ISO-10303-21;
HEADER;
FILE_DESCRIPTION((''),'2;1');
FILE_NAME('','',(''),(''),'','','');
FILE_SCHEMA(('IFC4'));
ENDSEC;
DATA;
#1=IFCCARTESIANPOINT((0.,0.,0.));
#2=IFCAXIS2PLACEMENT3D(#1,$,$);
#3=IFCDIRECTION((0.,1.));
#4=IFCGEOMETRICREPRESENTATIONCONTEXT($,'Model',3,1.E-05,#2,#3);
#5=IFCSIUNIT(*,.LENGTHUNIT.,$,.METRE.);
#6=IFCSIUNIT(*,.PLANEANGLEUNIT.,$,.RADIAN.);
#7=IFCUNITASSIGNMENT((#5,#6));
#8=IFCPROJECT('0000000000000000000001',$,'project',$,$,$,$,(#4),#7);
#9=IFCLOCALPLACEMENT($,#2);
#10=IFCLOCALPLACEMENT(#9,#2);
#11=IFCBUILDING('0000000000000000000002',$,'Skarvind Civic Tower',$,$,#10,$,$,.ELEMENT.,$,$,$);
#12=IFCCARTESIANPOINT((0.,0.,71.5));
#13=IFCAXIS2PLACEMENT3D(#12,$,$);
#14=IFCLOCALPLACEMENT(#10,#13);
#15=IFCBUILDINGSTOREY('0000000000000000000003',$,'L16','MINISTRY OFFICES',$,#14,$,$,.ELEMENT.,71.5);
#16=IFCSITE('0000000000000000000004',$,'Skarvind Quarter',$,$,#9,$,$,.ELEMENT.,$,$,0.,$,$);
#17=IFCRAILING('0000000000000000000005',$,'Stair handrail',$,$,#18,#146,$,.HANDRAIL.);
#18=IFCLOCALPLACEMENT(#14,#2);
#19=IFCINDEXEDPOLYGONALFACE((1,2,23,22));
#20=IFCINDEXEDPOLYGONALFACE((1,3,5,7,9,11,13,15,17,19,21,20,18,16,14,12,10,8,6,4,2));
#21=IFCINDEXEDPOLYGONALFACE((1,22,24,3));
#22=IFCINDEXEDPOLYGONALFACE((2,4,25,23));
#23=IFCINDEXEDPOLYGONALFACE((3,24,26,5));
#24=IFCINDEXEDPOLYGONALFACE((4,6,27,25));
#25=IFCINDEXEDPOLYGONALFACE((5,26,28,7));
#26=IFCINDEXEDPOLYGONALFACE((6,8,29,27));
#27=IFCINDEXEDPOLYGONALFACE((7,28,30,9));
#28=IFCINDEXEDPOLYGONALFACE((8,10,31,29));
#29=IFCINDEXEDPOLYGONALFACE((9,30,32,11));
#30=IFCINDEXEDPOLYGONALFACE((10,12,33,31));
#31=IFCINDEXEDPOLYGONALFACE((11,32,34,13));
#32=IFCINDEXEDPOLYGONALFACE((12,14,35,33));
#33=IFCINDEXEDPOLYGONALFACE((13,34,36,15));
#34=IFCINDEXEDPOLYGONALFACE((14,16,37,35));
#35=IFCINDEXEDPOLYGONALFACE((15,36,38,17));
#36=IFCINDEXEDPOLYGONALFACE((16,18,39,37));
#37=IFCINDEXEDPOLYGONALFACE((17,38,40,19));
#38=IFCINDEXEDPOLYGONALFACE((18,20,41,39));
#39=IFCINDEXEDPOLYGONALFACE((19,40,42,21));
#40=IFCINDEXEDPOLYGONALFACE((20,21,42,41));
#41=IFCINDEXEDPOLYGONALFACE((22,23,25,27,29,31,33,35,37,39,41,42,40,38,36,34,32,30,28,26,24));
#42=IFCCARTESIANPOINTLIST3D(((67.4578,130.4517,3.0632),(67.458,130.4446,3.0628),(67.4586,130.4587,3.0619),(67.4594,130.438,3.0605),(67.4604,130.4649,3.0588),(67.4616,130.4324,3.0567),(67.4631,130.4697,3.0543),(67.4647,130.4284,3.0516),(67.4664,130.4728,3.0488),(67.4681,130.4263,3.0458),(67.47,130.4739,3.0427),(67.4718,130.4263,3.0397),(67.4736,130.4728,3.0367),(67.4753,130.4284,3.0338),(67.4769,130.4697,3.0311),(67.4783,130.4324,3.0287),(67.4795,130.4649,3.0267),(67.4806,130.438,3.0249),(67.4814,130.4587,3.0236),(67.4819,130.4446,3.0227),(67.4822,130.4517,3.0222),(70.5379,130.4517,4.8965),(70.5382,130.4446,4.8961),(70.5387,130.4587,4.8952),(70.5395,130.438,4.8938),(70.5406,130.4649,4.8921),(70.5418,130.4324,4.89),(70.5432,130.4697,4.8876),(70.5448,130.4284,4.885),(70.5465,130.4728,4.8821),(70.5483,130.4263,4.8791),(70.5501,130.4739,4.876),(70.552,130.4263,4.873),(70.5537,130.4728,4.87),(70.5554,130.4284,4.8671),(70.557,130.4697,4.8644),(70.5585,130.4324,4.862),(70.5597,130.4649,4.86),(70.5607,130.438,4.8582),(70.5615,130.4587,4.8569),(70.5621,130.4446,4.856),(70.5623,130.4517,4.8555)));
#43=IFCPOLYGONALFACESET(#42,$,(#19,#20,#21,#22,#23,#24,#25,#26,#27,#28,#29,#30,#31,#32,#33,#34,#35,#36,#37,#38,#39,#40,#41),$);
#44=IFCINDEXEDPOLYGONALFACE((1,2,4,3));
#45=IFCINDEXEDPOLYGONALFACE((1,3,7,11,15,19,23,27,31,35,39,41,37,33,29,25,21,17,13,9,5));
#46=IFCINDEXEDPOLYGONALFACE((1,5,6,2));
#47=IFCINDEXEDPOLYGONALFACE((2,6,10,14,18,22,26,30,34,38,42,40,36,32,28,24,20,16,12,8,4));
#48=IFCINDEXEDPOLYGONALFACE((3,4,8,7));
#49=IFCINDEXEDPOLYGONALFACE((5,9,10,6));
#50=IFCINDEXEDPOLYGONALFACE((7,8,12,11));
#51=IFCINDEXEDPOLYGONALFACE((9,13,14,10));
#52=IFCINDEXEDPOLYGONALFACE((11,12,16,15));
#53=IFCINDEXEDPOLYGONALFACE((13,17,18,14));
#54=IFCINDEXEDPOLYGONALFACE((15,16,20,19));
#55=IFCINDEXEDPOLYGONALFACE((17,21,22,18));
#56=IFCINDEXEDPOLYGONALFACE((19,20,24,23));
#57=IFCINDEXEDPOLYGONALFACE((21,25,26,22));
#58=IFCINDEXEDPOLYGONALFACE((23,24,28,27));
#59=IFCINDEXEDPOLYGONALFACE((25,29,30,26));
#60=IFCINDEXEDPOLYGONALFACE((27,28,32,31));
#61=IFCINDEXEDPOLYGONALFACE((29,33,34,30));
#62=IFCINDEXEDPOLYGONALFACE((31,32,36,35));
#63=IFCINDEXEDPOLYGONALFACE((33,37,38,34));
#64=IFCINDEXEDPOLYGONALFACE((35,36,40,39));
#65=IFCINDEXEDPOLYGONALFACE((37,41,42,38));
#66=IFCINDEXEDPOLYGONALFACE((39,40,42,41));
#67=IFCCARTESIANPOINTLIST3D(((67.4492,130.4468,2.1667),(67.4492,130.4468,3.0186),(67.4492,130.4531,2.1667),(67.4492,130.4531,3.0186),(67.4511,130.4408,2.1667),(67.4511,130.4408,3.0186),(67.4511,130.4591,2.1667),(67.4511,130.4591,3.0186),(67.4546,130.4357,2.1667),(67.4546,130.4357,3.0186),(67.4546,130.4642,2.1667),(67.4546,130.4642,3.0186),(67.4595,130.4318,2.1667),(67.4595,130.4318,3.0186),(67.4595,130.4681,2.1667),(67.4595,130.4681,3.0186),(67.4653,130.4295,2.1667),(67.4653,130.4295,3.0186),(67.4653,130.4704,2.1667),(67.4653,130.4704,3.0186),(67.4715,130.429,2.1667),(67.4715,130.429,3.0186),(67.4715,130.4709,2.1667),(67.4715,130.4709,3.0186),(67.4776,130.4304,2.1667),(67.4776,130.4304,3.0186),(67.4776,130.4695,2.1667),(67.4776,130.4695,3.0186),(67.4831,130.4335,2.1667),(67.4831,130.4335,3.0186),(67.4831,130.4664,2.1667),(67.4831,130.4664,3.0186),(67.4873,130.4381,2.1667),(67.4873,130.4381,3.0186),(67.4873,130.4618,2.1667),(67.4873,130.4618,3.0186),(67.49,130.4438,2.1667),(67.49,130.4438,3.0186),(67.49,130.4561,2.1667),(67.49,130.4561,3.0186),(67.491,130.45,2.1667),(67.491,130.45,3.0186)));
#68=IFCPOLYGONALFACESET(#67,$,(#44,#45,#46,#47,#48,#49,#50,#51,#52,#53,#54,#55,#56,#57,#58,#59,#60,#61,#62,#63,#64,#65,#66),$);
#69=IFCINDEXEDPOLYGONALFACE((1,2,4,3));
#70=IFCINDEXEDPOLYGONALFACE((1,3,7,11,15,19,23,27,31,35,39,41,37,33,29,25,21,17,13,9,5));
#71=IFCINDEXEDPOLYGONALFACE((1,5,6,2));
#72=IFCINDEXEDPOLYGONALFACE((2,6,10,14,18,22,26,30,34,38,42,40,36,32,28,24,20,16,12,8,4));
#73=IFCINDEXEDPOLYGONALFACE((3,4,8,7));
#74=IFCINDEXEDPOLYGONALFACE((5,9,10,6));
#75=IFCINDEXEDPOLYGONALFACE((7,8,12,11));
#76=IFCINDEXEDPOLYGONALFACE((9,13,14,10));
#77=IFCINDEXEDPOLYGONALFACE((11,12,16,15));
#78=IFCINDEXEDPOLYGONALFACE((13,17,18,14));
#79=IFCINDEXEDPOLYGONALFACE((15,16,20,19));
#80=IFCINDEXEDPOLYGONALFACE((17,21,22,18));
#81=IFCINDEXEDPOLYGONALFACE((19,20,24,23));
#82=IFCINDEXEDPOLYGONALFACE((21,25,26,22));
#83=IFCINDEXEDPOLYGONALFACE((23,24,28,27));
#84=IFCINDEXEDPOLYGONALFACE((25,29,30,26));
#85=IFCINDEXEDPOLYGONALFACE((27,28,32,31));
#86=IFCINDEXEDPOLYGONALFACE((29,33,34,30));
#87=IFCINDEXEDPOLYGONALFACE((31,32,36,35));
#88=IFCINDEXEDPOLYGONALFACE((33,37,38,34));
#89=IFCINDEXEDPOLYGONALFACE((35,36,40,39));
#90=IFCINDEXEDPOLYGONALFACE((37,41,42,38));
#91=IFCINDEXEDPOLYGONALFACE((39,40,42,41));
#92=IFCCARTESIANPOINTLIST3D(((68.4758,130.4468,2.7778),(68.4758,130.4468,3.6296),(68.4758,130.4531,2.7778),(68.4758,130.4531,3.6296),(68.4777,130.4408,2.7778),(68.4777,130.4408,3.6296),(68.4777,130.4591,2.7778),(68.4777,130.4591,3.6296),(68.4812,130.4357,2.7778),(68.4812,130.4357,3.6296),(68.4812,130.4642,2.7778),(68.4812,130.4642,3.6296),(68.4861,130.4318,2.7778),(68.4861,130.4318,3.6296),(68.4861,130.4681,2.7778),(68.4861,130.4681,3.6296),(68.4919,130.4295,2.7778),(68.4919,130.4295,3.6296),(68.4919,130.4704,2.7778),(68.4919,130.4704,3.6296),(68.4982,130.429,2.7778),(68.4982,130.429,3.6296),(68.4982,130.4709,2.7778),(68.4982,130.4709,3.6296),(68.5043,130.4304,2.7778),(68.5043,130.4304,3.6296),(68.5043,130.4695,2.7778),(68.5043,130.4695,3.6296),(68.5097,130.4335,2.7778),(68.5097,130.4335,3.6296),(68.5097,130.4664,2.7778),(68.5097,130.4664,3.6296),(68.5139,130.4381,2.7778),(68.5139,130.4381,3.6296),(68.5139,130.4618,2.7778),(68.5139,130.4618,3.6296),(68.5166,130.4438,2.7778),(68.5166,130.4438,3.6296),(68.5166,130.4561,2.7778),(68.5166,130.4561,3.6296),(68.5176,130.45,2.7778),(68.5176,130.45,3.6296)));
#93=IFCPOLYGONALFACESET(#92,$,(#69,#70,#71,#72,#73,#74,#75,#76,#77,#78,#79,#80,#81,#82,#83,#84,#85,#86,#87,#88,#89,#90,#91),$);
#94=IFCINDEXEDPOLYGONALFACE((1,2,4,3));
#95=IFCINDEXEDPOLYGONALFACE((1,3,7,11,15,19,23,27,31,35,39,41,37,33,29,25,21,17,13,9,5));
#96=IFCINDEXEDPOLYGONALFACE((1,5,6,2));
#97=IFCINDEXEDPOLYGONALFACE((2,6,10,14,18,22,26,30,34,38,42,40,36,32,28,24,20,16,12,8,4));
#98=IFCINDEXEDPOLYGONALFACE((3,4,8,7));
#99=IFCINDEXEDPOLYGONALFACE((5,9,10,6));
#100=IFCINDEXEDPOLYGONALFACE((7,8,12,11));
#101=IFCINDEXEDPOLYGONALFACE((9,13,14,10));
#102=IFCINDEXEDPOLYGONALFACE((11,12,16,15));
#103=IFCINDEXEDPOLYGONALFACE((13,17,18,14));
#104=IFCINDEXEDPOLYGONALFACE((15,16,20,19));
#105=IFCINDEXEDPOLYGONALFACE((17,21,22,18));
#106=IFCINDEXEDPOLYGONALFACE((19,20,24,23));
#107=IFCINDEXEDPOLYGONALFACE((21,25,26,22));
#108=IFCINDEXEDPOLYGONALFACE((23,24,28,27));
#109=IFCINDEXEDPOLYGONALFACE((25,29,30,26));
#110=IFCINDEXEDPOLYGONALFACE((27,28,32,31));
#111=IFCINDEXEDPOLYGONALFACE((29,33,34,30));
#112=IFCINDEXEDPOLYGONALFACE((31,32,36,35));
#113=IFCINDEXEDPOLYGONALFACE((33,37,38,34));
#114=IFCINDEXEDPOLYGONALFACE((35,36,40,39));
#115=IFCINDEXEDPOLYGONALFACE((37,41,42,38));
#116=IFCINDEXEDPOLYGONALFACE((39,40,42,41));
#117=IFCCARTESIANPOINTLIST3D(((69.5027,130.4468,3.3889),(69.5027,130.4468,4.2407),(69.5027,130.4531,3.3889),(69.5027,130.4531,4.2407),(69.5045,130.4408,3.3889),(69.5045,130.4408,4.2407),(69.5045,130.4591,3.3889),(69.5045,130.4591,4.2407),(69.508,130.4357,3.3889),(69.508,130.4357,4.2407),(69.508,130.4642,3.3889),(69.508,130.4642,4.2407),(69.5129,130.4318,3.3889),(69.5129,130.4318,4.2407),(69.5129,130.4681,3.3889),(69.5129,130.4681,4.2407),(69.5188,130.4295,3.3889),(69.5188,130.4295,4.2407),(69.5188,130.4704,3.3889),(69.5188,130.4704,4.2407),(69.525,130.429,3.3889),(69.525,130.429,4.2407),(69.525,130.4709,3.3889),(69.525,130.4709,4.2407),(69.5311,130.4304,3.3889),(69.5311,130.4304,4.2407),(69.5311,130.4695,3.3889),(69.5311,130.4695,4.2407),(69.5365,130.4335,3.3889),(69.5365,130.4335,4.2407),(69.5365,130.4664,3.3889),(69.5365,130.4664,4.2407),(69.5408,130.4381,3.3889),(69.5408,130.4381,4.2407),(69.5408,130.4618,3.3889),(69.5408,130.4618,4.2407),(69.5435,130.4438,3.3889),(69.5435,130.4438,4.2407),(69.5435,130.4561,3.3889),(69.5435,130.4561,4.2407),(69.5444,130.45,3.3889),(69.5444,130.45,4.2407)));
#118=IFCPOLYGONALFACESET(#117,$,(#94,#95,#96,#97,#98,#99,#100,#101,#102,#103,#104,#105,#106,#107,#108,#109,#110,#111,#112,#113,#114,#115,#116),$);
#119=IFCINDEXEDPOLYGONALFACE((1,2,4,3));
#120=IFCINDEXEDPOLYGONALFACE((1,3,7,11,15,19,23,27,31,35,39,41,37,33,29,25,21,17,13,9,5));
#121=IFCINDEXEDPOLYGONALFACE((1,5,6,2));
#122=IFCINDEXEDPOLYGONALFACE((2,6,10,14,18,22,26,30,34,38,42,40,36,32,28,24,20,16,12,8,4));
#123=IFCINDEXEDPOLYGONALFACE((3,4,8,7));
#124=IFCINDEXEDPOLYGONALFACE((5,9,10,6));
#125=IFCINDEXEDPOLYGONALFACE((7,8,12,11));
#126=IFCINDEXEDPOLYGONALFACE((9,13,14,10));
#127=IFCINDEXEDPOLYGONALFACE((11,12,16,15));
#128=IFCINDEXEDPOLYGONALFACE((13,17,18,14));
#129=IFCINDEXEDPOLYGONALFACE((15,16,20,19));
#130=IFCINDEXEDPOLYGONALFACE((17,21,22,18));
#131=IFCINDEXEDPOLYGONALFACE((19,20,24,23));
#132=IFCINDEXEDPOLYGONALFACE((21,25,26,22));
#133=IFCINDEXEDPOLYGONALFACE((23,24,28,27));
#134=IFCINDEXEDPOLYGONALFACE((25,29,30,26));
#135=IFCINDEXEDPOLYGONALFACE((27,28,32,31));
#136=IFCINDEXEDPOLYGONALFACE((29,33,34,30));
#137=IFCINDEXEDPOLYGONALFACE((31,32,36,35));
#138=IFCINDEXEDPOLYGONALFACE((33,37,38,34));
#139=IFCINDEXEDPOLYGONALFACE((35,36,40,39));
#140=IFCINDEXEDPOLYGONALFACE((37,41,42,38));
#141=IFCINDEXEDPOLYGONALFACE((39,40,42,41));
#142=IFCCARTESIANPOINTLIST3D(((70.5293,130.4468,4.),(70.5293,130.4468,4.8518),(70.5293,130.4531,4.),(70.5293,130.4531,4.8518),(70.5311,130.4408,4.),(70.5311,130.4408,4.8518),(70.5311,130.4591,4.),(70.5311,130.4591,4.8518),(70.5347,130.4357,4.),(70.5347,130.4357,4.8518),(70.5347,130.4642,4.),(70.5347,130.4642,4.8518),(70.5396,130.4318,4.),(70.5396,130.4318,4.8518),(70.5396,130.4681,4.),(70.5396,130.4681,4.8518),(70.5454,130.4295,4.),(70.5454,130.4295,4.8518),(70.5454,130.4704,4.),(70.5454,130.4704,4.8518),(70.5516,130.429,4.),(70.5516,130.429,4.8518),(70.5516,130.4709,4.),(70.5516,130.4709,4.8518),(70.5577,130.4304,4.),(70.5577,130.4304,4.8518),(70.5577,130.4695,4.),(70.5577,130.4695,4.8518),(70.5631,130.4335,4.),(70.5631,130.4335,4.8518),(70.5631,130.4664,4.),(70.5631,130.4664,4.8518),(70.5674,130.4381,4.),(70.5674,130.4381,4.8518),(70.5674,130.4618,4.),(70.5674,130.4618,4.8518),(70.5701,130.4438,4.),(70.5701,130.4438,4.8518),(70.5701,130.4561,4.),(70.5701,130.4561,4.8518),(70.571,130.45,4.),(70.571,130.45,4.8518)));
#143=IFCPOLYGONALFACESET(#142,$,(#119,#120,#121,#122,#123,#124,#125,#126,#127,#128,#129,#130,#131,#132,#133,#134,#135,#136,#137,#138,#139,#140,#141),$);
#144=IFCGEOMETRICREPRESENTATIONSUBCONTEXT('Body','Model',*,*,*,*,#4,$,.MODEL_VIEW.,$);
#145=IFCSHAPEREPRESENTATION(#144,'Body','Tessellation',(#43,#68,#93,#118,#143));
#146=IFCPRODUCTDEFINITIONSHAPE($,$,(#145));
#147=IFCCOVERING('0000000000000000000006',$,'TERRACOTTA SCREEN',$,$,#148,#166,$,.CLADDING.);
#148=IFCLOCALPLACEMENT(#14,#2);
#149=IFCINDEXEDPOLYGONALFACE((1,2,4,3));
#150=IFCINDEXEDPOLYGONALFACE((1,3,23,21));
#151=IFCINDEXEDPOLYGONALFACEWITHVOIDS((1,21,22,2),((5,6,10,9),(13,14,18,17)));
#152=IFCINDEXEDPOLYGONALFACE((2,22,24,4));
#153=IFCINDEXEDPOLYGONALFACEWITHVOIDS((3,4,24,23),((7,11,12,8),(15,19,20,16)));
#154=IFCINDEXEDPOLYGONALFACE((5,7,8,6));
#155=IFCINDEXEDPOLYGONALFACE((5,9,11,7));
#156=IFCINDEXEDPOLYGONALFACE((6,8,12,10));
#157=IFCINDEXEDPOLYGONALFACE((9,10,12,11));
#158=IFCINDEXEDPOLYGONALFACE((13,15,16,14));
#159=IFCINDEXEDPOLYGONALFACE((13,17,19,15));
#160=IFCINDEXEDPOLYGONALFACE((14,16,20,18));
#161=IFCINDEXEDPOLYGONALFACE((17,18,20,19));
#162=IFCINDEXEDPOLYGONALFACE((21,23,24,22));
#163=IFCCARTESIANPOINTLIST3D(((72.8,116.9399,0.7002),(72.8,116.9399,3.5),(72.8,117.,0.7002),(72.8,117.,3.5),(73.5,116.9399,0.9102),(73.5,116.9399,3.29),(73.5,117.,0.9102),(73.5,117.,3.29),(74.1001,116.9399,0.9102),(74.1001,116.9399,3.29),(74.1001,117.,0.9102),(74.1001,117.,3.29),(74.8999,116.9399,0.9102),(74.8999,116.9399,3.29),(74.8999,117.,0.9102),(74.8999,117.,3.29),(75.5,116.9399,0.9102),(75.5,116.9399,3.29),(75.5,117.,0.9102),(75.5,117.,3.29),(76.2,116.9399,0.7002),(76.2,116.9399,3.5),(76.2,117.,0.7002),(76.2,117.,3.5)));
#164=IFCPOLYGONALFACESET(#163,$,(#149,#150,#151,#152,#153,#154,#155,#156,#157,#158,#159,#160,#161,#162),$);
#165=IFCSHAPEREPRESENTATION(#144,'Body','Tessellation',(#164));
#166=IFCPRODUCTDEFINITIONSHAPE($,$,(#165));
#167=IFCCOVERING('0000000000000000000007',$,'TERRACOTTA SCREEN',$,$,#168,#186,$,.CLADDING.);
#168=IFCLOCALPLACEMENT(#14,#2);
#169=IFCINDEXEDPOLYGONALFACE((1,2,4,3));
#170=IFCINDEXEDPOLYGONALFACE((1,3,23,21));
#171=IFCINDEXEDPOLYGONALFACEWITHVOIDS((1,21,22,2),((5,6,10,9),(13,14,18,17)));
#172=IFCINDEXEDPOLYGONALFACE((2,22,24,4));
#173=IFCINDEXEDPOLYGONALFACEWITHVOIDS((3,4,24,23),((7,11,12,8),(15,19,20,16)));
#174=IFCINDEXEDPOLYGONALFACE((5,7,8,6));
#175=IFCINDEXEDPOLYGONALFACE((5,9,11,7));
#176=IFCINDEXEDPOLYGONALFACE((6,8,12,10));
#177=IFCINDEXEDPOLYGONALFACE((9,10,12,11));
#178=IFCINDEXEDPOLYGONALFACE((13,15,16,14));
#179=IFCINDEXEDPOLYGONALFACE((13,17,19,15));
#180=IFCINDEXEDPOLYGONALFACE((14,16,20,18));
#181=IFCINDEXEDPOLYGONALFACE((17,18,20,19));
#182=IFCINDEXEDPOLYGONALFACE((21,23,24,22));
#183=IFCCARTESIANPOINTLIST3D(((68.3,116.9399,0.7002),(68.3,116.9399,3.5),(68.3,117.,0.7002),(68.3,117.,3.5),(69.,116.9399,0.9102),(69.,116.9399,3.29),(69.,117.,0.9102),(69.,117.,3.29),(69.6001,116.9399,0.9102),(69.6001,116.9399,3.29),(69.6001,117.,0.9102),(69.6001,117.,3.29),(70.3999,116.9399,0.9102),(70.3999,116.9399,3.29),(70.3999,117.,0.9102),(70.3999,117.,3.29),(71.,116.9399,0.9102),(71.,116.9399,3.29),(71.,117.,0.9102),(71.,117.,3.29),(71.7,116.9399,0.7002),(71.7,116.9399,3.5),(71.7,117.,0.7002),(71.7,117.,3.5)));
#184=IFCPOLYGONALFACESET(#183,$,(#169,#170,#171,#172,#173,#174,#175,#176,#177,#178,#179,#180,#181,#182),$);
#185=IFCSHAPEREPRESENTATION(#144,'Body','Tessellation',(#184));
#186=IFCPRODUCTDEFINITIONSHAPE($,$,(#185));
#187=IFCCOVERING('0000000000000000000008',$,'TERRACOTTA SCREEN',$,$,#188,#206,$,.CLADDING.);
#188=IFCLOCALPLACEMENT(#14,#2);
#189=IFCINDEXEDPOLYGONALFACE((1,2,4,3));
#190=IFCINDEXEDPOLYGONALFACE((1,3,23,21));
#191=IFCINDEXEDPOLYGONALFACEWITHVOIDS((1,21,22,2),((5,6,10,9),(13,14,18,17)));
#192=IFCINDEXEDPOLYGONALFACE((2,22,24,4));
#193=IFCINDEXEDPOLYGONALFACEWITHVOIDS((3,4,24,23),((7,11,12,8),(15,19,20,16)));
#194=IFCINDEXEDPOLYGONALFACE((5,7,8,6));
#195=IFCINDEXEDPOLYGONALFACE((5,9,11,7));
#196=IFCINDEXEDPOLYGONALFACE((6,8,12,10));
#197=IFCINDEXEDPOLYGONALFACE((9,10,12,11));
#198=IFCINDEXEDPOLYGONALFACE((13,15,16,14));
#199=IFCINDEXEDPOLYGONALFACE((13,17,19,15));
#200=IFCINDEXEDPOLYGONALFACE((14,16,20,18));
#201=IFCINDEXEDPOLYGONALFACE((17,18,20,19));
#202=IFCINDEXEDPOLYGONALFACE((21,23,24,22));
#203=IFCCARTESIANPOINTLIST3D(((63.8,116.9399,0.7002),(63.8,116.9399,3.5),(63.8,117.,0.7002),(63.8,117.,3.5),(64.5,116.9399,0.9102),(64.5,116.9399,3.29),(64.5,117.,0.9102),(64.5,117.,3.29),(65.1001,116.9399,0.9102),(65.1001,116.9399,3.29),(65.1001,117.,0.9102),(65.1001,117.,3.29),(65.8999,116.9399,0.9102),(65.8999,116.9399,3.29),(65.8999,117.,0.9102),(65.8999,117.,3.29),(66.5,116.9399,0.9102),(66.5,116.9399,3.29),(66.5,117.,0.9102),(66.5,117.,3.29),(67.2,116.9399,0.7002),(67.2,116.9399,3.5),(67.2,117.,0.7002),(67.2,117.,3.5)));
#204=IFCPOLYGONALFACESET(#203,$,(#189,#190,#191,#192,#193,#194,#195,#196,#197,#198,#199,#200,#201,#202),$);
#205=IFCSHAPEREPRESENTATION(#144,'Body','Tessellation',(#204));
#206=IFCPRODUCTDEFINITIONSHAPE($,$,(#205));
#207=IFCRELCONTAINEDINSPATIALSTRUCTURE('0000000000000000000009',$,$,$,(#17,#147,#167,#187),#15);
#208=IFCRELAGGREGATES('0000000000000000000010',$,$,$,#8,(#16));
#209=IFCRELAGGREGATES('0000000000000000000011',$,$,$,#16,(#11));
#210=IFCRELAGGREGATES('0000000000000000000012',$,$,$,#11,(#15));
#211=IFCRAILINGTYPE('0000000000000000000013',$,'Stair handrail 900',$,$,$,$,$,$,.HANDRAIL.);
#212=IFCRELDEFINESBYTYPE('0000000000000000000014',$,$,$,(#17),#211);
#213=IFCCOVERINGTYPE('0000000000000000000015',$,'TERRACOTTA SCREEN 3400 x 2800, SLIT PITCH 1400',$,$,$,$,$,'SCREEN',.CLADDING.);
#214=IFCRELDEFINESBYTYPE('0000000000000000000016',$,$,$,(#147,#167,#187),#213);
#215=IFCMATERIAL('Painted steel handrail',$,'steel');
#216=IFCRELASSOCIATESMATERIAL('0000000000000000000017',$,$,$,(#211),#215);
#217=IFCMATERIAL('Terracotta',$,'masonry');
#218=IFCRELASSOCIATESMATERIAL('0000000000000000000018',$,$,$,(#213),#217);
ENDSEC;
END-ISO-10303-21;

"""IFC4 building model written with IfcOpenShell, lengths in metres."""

from ifc_helpers import new_model, si_unit, direction, frame, origin, origin_2d, place, context, subcontext, project, spatial, polyline, circle, outline, extrude, material, material_profile, profile_set, type_object, element, save


model = new_model("IFC4")

# Units and contexts
model_context = context("Model", 3, precision=1e-05, world=origin(), true_north=direction((0.0, 1.0)))
body_context = subcontext(model_context, "Body", "Model", "MODEL_VIEW")
ifc_project = project(units=[si_unit("LENGTHUNIT", "METRE"), si_unit("PLANEANGLEUNIT", "RADIAN")], contexts=[model_context])

# Site, building, storey
site_placement = place(None, origin())
site = spatial("IfcSite", under=ifc_project, at=site_placement, Name="Skarvind Quarter", CompositionType="ELEMENT", RefElevation=0.0)
building_placement = place(site_placement, origin())
building = spatial("IfcBuilding", under=site, at=building_placement, Name="Skarvind Civic Tower", CompositionType="ELEMENT")
storey_placement = place(building_placement, frame((0.0, 0.0, 71.5)))
storey = spatial("IfcBuildingStorey", under=building, at=storey_placement, Name="L16", Description="MINISTRY OFFICES", CompositionType="ELEMENT", Elevation=71.5)

# Railing
ifc_material_1 = material(Name="Painted steel handrail", Category="steel")
railing_type = type_object("IfcRailingType", Name="Stair handrail 900", PredefinedType="HANDRAIL", material=ifc_material_1)
railing_1_placement = place(storey_placement, frame((67.47, 130.45, 2.1667)))
element("IfcRailing", 1, at=railing_1_placement, inside=storey, type_object=railing_type, Name="Stair handrail", PredefinedType="HANDRAIL", context=body_context, shape_type="SweptSolid", body=[
    extrude(circle(Radius=0.0239, at=origin_2d()), frame((0.0, 0.0, 0.876), z_axis=(0.859309, 0.0, 0.511458), x_axis=(0.0, 1.0, 0.0)), (0.0, 0.0, 1.0), 3.5845),
    extrude(circle(Radius=0.021, at=origin_2d()), origin(), (0.0, 0.0, 1.0), 0.8518),
    extrude(circle(Radius=0.021, at=origin_2d()), frame((1.0266, 0.0, 0.6111)), (0.0, 0.0, 1.0), 0.8518),
    extrude(circle(Radius=0.021, at=origin_2d()), frame((2.0535, 0.0, 1.2222)), (0.0, 0.0, 1.0), 0.8518),
    extrude(circle(Radius=0.021, at=origin_2d()), frame((3.0801, 0.0, 1.8333)), (0.0, 0.0, 1.0), 0.8518),
])

# Coverings
ifc_material_2 = material(Name="Terracotta", Category="masonry")
ifc_material_profile_1 = material_profile(ifc_material_2, outline(polyline([(-1.7, -1.3999), (1.7, -1.3999), (1.7, 1.3999), (-1.7, 1.3999), (-1.7, -1.3999)]), holes=[polyline([(-1.0, -1.1899), (-0.3999, -1.1899), (-0.3999, 1.1899), (-1.0, 1.1899), (-1.0, -1.1899)]), polyline([(0.3999, -1.1899), (1.0, -1.1899), (1.0, 1.1899), (0.3999, 1.1899), (0.3999, -1.1899)])]), Name="TERRACOTTA SCREEN 3400 x 2800, SLIT PITCH 1400")
ifc_profile_set_1 = profile_set([ifc_material_profile_1], Name="Terracotta")
covering_type = type_object("IfcCoveringType", Name="TERRACOTTA SCREEN 3400 x 2800, SLIT PITCH 1400", ElementType="SCREEN", PredefinedType="CLADDING", material=ifc_profile_set_1)
for number, where, z_axis, x_axis, name in (
    (2, (74.5, 117.0, 2.1001), (0.0, -1.0, 0.0), (1.0, 0.0, 0.0), "TERRACOTTA SCREEN"),
    (3, (70.0, 117.0, 2.1001), (0.0, -1.0, 0.0), (1.0, 0.0, 0.0), "TERRACOTTA SCREEN"),
    (4, (65.5, 117.0, 2.1001), (0.0, -1.0, 0.0), (1.0, 0.0, 0.0), "TERRACOTTA SCREEN"),
):
    element("IfcCovering", number, at=place(storey_placement, frame(where, z_axis=z_axis, x_axis=x_axis)), inside=storey, type_object=covering_type, Name=name, PredefinedType="CLADDING", context=body_context, shape_type="SweptSolid", body=[
        extrude(outline(polyline([(-1.7, -1.3999), (1.7, -1.3999), (1.7, 1.3999), (-1.7, 1.3999), (-1.7, -1.3999)]), holes=[polyline([(-1.0, -1.1899), (-0.3999, -1.1899), (-0.3999, 1.1899), (-1.0, 1.1899), (-1.0, -1.1899)]), polyline([(0.3999, -1.1899), (1.0, -1.1899), (1.0, 1.1899), (0.3999, 1.1899), (0.3999, -1.1899)])]), origin(), (0.0, 0.0, 1.0), 0.0601),
    ])

save(model, "model.ifc")
